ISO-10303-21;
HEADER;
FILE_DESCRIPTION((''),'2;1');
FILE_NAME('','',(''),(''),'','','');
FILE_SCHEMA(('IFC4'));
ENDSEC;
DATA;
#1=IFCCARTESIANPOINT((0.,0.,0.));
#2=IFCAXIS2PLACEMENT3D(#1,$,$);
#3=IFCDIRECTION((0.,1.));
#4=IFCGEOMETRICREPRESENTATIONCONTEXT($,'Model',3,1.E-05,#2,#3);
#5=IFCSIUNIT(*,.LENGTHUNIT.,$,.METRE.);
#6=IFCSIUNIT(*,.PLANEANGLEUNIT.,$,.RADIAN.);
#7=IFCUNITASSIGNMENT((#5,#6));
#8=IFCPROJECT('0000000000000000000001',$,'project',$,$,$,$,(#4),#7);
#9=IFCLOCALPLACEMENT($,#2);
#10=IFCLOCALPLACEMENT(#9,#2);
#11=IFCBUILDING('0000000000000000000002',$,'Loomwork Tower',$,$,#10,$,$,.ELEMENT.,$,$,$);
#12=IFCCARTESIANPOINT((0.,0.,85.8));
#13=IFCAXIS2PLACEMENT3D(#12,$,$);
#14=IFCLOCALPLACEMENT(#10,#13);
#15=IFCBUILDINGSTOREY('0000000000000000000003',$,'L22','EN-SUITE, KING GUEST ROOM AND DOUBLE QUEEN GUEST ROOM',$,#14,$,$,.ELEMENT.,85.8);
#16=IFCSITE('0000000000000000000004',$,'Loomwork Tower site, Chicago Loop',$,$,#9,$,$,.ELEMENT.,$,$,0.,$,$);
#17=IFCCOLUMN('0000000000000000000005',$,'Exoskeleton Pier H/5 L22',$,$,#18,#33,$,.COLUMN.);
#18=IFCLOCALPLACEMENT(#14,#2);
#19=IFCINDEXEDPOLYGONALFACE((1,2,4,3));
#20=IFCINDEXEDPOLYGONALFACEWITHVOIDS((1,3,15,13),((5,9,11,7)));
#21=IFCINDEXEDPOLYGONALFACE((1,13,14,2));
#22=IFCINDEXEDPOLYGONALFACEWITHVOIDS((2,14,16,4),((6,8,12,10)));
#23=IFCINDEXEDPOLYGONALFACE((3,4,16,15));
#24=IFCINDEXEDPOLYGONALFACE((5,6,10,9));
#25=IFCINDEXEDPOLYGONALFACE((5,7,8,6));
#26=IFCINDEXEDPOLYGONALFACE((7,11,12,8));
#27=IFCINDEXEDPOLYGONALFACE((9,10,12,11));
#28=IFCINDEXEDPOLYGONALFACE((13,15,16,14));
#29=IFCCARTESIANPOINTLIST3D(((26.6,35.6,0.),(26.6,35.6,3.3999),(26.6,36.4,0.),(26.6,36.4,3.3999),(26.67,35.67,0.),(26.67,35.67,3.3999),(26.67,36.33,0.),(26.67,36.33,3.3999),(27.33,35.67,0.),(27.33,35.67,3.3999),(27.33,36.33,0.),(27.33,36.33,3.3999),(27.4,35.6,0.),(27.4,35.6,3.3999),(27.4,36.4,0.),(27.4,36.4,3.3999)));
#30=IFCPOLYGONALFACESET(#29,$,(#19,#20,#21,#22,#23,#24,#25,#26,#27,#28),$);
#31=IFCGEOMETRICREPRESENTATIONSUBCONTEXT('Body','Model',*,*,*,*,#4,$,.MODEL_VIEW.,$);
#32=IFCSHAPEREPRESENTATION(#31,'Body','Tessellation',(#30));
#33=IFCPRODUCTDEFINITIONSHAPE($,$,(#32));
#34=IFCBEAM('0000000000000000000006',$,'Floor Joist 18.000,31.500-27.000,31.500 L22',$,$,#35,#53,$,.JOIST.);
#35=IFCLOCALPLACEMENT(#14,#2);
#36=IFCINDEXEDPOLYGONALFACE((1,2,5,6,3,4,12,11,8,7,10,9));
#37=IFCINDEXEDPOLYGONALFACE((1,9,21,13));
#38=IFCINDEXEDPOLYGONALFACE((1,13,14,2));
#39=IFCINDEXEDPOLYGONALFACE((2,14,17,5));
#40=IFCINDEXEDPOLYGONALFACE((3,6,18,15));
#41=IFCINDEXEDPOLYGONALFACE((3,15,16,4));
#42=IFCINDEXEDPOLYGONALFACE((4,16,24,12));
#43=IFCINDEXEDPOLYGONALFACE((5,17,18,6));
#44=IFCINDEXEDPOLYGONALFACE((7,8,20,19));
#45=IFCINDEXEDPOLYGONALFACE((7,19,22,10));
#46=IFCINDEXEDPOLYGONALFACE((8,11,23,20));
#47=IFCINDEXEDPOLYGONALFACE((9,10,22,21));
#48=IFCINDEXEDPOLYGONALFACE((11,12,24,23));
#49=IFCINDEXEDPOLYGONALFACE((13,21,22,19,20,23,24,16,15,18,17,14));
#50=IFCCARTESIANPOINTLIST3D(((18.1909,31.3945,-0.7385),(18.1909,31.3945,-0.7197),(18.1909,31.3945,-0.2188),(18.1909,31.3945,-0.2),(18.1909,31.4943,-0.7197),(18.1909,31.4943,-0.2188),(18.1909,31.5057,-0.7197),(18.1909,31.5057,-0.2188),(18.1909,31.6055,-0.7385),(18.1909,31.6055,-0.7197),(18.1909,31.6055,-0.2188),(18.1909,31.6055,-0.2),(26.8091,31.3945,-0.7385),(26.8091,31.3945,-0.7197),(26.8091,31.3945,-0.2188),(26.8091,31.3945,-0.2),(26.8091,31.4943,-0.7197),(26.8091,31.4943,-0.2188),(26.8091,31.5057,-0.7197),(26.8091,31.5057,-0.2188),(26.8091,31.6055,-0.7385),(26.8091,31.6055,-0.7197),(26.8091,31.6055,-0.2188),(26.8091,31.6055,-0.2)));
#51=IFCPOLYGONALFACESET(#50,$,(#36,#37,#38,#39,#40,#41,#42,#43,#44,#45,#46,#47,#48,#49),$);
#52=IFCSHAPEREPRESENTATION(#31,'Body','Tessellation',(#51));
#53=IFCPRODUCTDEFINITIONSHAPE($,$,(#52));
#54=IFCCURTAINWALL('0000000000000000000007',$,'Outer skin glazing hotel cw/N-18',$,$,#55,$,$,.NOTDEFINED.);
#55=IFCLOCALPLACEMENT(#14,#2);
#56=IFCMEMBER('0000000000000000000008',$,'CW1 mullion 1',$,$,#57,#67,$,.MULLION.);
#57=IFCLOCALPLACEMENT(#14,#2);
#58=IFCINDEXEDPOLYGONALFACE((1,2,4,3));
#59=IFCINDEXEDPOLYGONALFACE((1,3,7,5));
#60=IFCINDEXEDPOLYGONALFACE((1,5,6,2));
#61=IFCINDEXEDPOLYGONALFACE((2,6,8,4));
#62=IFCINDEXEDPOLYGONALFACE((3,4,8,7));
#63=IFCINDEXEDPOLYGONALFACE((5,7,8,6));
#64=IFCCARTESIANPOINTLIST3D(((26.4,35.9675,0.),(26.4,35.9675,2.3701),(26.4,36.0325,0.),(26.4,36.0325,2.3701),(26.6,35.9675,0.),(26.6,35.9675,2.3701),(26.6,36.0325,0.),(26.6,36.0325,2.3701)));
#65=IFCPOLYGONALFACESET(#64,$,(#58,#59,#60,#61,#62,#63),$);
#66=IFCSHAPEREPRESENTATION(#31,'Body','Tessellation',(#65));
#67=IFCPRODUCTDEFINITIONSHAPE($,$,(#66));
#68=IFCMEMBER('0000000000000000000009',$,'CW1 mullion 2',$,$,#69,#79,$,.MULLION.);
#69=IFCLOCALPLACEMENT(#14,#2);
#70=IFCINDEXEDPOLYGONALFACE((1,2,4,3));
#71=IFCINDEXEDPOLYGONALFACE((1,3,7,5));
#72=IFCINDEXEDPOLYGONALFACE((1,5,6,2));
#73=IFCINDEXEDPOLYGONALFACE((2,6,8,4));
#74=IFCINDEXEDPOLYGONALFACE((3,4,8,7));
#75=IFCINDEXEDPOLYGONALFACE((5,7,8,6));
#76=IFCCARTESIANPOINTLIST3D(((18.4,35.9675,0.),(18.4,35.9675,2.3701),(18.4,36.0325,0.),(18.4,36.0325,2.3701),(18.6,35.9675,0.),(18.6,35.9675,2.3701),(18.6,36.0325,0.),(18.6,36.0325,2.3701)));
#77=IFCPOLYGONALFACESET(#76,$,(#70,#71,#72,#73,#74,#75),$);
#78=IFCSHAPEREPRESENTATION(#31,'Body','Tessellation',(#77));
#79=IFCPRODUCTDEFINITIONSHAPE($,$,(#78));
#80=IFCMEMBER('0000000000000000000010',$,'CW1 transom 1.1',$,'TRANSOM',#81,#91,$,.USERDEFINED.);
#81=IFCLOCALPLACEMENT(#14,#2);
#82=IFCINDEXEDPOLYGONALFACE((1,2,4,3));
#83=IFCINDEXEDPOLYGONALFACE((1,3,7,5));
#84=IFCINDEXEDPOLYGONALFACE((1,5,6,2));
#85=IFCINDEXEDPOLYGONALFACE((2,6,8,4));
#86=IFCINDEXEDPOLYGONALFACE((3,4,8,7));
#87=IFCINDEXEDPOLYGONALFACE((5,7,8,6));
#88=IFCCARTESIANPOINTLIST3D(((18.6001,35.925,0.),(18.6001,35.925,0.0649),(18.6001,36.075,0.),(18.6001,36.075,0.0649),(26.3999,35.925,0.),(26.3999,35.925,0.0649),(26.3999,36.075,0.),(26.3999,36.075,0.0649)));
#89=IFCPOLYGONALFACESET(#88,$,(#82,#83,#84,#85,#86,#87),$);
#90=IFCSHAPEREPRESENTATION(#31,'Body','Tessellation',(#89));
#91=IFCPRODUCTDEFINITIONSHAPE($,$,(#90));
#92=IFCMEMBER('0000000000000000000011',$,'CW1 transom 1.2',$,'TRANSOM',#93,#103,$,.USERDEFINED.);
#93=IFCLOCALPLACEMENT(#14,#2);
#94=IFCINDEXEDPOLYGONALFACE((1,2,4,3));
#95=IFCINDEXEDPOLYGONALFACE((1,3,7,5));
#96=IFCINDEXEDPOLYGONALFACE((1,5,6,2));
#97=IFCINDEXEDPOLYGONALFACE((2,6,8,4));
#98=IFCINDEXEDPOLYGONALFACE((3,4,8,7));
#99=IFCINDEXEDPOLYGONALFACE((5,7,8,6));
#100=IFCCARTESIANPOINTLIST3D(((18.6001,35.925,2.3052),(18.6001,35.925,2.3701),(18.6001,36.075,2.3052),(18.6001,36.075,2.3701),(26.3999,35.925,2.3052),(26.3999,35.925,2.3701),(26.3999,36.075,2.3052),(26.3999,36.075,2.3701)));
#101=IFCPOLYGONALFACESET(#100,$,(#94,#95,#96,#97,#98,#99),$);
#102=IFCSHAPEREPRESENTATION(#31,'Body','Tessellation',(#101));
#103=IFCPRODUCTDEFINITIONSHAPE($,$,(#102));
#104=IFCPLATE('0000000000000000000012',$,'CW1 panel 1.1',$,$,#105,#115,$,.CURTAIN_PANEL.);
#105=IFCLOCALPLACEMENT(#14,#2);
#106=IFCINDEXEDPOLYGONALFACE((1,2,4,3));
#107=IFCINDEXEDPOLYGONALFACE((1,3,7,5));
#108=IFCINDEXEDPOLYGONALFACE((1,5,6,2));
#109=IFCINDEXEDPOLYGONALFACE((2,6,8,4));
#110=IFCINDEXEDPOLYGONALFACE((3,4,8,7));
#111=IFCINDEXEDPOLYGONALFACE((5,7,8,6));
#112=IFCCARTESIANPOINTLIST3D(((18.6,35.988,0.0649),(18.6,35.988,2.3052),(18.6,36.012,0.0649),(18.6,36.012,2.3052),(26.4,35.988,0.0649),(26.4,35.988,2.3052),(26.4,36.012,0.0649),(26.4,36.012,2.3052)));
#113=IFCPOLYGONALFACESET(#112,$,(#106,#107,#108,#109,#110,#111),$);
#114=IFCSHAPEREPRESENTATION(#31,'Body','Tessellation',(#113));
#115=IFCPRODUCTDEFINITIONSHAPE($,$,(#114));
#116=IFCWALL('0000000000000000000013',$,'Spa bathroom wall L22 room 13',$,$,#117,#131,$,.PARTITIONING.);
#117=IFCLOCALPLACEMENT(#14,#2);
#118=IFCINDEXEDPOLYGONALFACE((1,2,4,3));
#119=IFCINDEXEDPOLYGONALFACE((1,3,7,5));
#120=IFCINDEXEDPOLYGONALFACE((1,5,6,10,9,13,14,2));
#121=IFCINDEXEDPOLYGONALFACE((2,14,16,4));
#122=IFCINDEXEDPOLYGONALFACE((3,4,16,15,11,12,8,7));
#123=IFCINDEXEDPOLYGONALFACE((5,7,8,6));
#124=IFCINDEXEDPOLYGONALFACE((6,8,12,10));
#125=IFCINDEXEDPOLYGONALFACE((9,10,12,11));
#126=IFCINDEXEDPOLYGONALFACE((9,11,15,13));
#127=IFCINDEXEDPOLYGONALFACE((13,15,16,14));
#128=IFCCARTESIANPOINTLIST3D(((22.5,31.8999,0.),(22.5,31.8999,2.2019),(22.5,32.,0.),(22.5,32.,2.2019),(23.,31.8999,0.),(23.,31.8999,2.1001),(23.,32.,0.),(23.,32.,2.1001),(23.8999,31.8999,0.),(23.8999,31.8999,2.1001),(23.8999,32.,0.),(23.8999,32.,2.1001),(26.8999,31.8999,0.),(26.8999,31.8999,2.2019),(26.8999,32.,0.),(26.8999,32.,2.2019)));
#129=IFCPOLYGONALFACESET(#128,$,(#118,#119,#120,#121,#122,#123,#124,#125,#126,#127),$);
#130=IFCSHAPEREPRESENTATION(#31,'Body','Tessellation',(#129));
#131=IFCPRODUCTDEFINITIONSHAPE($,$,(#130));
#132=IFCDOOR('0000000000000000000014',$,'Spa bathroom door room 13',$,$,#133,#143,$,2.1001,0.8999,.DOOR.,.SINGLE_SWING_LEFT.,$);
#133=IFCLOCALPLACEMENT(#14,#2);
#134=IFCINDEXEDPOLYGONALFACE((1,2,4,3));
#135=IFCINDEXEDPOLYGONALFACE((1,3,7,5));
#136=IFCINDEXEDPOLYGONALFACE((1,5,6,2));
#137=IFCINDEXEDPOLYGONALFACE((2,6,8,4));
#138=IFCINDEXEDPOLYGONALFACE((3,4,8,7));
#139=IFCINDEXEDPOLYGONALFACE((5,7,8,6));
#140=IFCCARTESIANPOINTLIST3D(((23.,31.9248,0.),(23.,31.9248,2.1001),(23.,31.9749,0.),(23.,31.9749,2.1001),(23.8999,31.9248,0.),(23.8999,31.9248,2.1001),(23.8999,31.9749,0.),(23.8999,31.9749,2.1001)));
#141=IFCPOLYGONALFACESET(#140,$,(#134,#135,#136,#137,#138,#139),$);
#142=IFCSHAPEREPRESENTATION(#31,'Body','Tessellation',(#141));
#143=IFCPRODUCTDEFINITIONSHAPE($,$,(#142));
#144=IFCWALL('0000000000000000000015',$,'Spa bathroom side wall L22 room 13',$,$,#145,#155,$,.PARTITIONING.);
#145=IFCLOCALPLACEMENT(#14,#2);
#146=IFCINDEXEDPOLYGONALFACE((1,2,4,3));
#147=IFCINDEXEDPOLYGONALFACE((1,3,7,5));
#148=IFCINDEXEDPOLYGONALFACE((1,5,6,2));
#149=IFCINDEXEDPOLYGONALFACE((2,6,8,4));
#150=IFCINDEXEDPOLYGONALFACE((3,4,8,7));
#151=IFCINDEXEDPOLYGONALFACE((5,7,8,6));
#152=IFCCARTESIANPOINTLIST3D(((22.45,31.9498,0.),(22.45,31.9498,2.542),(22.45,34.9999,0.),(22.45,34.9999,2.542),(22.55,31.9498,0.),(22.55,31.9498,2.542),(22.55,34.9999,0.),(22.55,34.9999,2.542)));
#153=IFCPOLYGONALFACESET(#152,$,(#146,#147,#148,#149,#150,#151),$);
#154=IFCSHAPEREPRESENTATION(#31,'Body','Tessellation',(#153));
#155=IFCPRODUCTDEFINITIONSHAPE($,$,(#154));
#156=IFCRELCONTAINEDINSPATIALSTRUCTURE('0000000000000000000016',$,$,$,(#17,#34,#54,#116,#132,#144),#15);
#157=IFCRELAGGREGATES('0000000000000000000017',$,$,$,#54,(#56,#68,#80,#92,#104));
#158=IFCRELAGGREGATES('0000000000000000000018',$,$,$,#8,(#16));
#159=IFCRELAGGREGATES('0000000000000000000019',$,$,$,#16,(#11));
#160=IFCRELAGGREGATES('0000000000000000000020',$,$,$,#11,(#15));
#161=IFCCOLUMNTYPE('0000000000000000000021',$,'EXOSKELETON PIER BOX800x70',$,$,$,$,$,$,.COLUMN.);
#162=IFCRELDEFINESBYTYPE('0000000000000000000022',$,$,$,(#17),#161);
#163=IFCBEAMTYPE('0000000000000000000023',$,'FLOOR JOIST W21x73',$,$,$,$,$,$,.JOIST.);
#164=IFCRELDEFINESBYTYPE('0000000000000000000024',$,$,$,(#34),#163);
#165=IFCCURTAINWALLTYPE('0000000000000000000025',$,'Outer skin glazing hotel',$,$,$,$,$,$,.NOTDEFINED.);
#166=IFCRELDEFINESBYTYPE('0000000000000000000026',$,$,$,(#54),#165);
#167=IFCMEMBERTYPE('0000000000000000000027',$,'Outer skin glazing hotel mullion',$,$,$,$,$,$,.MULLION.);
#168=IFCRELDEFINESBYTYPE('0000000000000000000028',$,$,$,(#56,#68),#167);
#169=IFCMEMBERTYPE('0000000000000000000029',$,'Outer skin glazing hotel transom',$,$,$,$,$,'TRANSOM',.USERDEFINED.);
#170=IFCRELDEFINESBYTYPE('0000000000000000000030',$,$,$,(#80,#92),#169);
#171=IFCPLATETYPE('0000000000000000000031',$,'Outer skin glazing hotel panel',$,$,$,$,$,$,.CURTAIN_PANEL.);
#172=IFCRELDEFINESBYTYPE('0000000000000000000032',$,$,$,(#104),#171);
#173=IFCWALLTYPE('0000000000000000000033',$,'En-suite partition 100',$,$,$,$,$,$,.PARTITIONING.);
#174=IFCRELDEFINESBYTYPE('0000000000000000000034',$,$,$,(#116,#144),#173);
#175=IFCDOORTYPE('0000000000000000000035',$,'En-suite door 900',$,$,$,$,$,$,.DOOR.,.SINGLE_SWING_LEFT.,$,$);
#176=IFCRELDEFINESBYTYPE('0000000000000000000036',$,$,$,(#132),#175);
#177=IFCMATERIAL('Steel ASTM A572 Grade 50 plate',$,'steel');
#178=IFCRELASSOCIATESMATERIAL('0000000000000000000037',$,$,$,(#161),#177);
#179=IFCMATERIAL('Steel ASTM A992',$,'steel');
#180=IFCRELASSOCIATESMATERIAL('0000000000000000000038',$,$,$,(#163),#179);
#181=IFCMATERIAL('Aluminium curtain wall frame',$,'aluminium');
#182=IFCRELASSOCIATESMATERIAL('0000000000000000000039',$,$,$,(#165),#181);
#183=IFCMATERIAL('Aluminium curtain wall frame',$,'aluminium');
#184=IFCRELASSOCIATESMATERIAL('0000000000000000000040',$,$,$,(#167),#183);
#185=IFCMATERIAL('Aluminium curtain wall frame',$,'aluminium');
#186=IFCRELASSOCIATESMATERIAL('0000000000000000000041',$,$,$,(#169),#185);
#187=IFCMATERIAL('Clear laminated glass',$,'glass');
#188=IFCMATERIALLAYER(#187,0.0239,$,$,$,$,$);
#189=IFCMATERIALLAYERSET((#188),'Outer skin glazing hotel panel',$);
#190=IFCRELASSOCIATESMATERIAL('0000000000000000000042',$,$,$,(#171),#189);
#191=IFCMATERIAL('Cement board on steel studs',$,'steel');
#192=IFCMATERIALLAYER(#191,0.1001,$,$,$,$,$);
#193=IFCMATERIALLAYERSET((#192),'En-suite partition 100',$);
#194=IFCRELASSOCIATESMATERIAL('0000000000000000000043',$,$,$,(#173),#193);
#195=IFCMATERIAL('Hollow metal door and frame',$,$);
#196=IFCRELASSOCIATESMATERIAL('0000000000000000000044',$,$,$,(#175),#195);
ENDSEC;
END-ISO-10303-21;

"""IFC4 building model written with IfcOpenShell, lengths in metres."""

from ifc_helpers import new_model, si_unit, direction, frame, frame_2d, origin, origin_2d, place, context, subcontext, project, spatial, rectangle, hollow_rectangle, i_section, extrude, material, layer, layer_set, material_profile, profile_set, type_object, element, fill, aggregate, save


model = new_model("IFC4")

# Units and contexts
model_context = context("Model", 3, precision=1e-05, world=origin(), true_north=direction((0.0, 1.0)))
body_context = subcontext(model_context, "Body", "Model", "MODEL_VIEW")
ifc_project = project(units=[si_unit("LENGTHUNIT", "METRE"), si_unit("PLANEANGLEUNIT", "RADIAN")], contexts=[model_context])

# Site, building, storey
site_placement = place(None, origin())
site = spatial("IfcSite", under=ifc_project, at=site_placement, Name="Loomwork Tower site, Chicago Loop", CompositionType="ELEMENT", RefElevation=0.0)
building_placement = place(site_placement, origin())
building = spatial("IfcBuilding", under=site, at=building_placement, Name="Loomwork Tower", CompositionType="ELEMENT")
storey_placement = place(building_placement, frame((0.0, 0.0, 85.8)))
storey = spatial("IfcBuildingStorey", under=building, at=storey_placement, Name="L22", Description="EN-SUITE, KING GUEST ROOM AND DOUBLE QUEEN GUEST ROOM", CompositionType="ELEMENT", Elevation=85.8)

# Column
ifc_material_1 = material(Name="Steel ASTM A572 Grade 50 plate", Category="steel")
ifc_material_profile_1 = material_profile(ifc_material_1, hollow_rectangle(XDim=0.8, YDim=0.8, WallThickness=0.0701, at=origin_2d()), Name="BOX800x70")
ifc_profile_set_1 = profile_set([ifc_material_profile_1], Name="Steel ASTM A572 Grade 50 plate")
column_type = type_object("IfcColumnType", Name="EXOSKELETON PIER BOX800x70", PredefinedType="COLUMN", material=ifc_profile_set_1)
column_placement = place(storey_placement, frame((27.0, 36.0, 0.0), z_axis=(0.0, 0.0, 1.0), x_axis=(1.0, 0.0, 0.0)))
element("IfcColumn", 1, at=column_placement, inside=storey, type_object=column_type, Name="Exoskeleton Pier H/5 L22", PredefinedType="COLUMN", context=body_context, shape_type="SweptSolid", body=[
    extrude(hollow_rectangle(XDim=0.8, YDim=0.8, WallThickness=0.0701, at=origin_2d()), origin(), (0.0, 0.0, 1.0), 3.3999),
])

# Beam
ifc_material_2 = material(Name="Steel ASTM A992", Category="steel")
ifc_material_profile_2 = material_profile(ifc_material_2, i_section(OverallWidth=0.2109, OverallDepth=0.5386, WebThickness=0.0115, FlangeThickness=0.0188, at=origin_2d()), Name="W21x73")
ifc_profile_set_2 = profile_set([ifc_material_profile_2], Name="Steel ASTM A992")
beam_type = type_object("IfcBeamType", Name="FLOOR JOIST W21x73", PredefinedType="JOIST", material=ifc_profile_set_2)
beam_placement = place(storey_placement, frame((18.1909, 31.5, -0.4692), z_axis=(1.0, 0.0, 0.0), x_axis=(0.0, 1.0, 0.0)))
element("IfcBeam", 2, at=beam_placement, inside=storey, type_object=beam_type, Name="Floor Joist 18.000,31.500-27.000,31.500 L22", PredefinedType="JOIST", context=body_context, shape_type="SweptSolid", body=[
    extrude(i_section(OverallWidth=0.2109, OverallDepth=0.5386, WebThickness=0.0115, FlangeThickness=0.0188, at=origin_2d()), origin(), (0.0, 0.0, 1.0), 8.6182),
])

# Curtain wall, members, plate
ifc_material_3 = material(Name="Aluminium curtain wall frame", Category="aluminium")
curtain_wall_type = type_object("IfcCurtainWallType", Name="Outer skin glazing hotel", PredefinedType="NOTDEFINED", material=ifc_material_3)
curtain_wall_placement = place(storey_placement, origin())
curtain_wall = element("IfcCurtainWall", 3, at=curtain_wall_placement, inside=storey, type_object=curtain_wall_type, Name="Outer skin glazing hotel cw/N-18", PredefinedType="NOTDEFINED")
ifc_material_4 = material(Name="Aluminium curtain wall frame", Category="aluminium")
ifc_material_profile_3 = material_profile(ifc_material_4, rectangle(XDim=0.0649, YDim=0.2, at=origin_2d()), Name="AL 65x200")
ifc_profile_set_3 = profile_set([ifc_material_profile_3], Name="Aluminium curtain wall frame")
member_type_1 = type_object("IfcMemberType", Name="Outer skin glazing hotel mullion", PredefinedType="MULLION", material=ifc_profile_set_3)
member_1_placement = place(storey_placement, frame((26.5, 36.0, 0.0), z_axis=(0.0, 0.0, 1.0), x_axis=(0.0, -1.0, 0.0)))
member_1 = element("IfcMember", 4, at=member_1_placement, type_object=member_type_1, Name="CW1 mullion 1", PredefinedType="MULLION", context=body_context, shape_type="SweptSolid", body=[
    extrude(rectangle(XDim=0.0649, YDim=0.2, at=origin_2d()), origin(), (0.0, 0.0, 1.0), 2.3701),
])
member_2_placement = place(storey_placement, frame((18.5, 36.0, 0.0), z_axis=(0.0, 0.0, 1.0), x_axis=(0.0, -1.0, 0.0)))
member_2 = element("IfcMember", 5, at=member_2_placement, type_object=member_type_1, Name="CW1 mullion 2", PredefinedType="MULLION", context=body_context, shape_type="SweptSolid", body=[
    extrude(rectangle(XDim=0.0649, YDim=0.2, at=origin_2d()), origin(), (0.0, 0.0, 1.0), 2.3701),
])
ifc_material_5 = material(Name="Aluminium curtain wall frame", Category="aluminium")
ifc_material_profile_4 = material_profile(ifc_material_5, rectangle(XDim=0.1499, YDim=0.0649, at=origin_2d()), Name="AL 65x150")
ifc_profile_set_4 = profile_set([ifc_material_profile_4], Name="Aluminium curtain wall frame")
member_type_2 = type_object("IfcMemberType", Name="Outer skin glazing hotel transom", ElementType="TRANSOM", PredefinedType="USERDEFINED", material=ifc_profile_set_4)
member_3_placement = place(storey_placement, frame((26.3999, 36.0, 0.0325), z_axis=(-1.0, 0.0, 0.0), x_axis=(0.0, -1.0, 0.0)))
member_3 = element("IfcMember", 6, at=member_3_placement, type_object=member_type_2, Name="CW1 transom 1.1", ObjectType="TRANSOM", PredefinedType="USERDEFINED", context=body_context, shape_type="SweptSolid", body=[
    extrude(rectangle(XDim=0.1499, YDim=0.0649, at=origin_2d()), origin(), (0.0, 0.0, 1.0), 7.7998),
])
member_4_placement = place(storey_placement, frame((26.3999, 36.0, 2.3376), z_axis=(-1.0, 0.0, 0.0), x_axis=(0.0, -1.0, 0.0)))
member_4 = element("IfcMember", 7, at=member_4_placement, type_object=member_type_2, Name="CW1 transom 1.2", ObjectType="TRANSOM", PredefinedType="USERDEFINED", context=body_context, shape_type="SweptSolid", body=[
    extrude(rectangle(XDim=0.1499, YDim=0.0649, at=origin_2d()), origin(), (0.0, 0.0, 1.0), 7.7998),
])
ifc_material_6 = material(Name="Clear laminated glass", Category="glass")
ifc_layer_1 = layer(ifc_material_6, 0.0239)
ifc_layer_set_1 = layer_set([ifc_layer_1], Name="Outer skin glazing hotel panel")
plate_type = type_object("IfcPlateType", Name="Outer skin glazing hotel panel", PredefinedType="CURTAIN_PANEL", material=ifc_layer_set_1)
plate_placement = place(storey_placement, frame((22.5, 36.0, 0.0649), z_axis=(0.0, 0.0, 1.0), x_axis=(-1.0, 0.0, 0.0)))
plate = element("IfcPlate", 8, at=plate_placement, type_object=plate_type, Name="CW1 panel 1.1", PredefinedType="CURTAIN_PANEL", context=body_context, shape_type="SweptSolid", body=[
    extrude(rectangle(XDim=7.8, YDim=0.0239, at=origin_2d()), origin(), (0.0, 0.0, 1.0), 2.2402),
])
aggregate(curtain_wall, [member_1, member_2, member_3, member_4, plate])

# Wall, opening, door
ifc_material_7 = material(Name="Cement board on steel studs", Category="steel")
ifc_layer_2 = layer(ifc_material_7, 0.1001)
ifc_layer_set_2 = layer_set([ifc_layer_2], Name="En-suite partition 100")
wall_type_1 = type_object("IfcWallType", Name="En-suite partition 100", PredefinedType="PARTITIONING", material=ifc_layer_set_2)
wall_1_placement = place(storey_placement, frame((22.5, 31.95, 0.0), z_axis=(0.0, 0.0, 1.0), x_axis=(1.0, 0.0, 0.0)))
wall_1 = element("IfcWall", 9, at=wall_1_placement, inside=storey, type_object=wall_type_1, Name="Spa bathroom wall L22 room 13", PredefinedType="PARTITIONING", context=body_context, shape_type="SweptSolid", body=[
    extrude(rectangle(XDim=4.3999, YDim=0.1001, at=frame_2d((2.2, 0.0))), origin(), (0.0, 0.0, 1.0), 2.2019),
])
opening_1_placement = place(wall_1_placement, frame((0.5, 0.0, 0.0)))
opening_1 = element("IfcOpeningElement", 10, at=opening_1_placement, cuts=wall_1, PredefinedType="OPENING", context=body_context, shape_type="SweptSolid", body=[
    extrude(rectangle(XDim=0.8999, YDim=2.1001, at=frame_2d((0.45, 1.05))), frame((0.0, 0.0601, 0.0), z_axis=(0.0, -1.0, 0.0), x_axis=(1.0, 0.0, 0.0)), (0.0, 0.0, 1.0), 0.1201),
])
ifc_material_8 = material(Name="Hollow metal door and frame")
door_type = type_object("IfcDoorType", Name="En-suite door 900", OperationType="SINGLE_SWING_LEFT", PredefinedType="DOOR", material=ifc_material_8)
door_placement = place(opening_1_placement, origin())
door = element("IfcDoor", 11, at=door_placement, inside=storey, type_object=door_type, Name="Spa bathroom door room 13", OperationType="SINGLE_SWING_LEFT", OverallHeight=2.1001, OverallWidth=0.8999, PredefinedType="DOOR", context=body_context, shape_type="SweptSolid", body=[
    extrude(rectangle(XDim=0.8999, YDim=2.1001, at=frame_2d((0.45, 1.05))), frame((0.0, 0.0249, 0.0), z_axis=(0.0, -1.0, 0.0), x_axis=(1.0, 0.0, 0.0)), (0.0, 0.0, 1.0), 0.05),
])
fill(opening_1, door)

# Wall
wall_2_placement = place(storey_placement, frame((22.5, 31.95, 0.0), z_axis=(0.0, 0.0, 1.0), x_axis=(0.0, 1.0, 0.0)))
element("IfcWall", 12, at=wall_2_placement, inside=storey, type_object=wall_type_1, Name="Spa bathroom side wall L22 room 13", PredefinedType="PARTITIONING", context=body_context, shape_type="SweptSolid", body=[
    extrude(rectangle(XDim=3.05, YDim=0.1001, at=frame_2d((1.5249, 0.0))), origin(), (0.0, 0.0, 1.0), 2.542),
])

save(model, "model.ifc")
